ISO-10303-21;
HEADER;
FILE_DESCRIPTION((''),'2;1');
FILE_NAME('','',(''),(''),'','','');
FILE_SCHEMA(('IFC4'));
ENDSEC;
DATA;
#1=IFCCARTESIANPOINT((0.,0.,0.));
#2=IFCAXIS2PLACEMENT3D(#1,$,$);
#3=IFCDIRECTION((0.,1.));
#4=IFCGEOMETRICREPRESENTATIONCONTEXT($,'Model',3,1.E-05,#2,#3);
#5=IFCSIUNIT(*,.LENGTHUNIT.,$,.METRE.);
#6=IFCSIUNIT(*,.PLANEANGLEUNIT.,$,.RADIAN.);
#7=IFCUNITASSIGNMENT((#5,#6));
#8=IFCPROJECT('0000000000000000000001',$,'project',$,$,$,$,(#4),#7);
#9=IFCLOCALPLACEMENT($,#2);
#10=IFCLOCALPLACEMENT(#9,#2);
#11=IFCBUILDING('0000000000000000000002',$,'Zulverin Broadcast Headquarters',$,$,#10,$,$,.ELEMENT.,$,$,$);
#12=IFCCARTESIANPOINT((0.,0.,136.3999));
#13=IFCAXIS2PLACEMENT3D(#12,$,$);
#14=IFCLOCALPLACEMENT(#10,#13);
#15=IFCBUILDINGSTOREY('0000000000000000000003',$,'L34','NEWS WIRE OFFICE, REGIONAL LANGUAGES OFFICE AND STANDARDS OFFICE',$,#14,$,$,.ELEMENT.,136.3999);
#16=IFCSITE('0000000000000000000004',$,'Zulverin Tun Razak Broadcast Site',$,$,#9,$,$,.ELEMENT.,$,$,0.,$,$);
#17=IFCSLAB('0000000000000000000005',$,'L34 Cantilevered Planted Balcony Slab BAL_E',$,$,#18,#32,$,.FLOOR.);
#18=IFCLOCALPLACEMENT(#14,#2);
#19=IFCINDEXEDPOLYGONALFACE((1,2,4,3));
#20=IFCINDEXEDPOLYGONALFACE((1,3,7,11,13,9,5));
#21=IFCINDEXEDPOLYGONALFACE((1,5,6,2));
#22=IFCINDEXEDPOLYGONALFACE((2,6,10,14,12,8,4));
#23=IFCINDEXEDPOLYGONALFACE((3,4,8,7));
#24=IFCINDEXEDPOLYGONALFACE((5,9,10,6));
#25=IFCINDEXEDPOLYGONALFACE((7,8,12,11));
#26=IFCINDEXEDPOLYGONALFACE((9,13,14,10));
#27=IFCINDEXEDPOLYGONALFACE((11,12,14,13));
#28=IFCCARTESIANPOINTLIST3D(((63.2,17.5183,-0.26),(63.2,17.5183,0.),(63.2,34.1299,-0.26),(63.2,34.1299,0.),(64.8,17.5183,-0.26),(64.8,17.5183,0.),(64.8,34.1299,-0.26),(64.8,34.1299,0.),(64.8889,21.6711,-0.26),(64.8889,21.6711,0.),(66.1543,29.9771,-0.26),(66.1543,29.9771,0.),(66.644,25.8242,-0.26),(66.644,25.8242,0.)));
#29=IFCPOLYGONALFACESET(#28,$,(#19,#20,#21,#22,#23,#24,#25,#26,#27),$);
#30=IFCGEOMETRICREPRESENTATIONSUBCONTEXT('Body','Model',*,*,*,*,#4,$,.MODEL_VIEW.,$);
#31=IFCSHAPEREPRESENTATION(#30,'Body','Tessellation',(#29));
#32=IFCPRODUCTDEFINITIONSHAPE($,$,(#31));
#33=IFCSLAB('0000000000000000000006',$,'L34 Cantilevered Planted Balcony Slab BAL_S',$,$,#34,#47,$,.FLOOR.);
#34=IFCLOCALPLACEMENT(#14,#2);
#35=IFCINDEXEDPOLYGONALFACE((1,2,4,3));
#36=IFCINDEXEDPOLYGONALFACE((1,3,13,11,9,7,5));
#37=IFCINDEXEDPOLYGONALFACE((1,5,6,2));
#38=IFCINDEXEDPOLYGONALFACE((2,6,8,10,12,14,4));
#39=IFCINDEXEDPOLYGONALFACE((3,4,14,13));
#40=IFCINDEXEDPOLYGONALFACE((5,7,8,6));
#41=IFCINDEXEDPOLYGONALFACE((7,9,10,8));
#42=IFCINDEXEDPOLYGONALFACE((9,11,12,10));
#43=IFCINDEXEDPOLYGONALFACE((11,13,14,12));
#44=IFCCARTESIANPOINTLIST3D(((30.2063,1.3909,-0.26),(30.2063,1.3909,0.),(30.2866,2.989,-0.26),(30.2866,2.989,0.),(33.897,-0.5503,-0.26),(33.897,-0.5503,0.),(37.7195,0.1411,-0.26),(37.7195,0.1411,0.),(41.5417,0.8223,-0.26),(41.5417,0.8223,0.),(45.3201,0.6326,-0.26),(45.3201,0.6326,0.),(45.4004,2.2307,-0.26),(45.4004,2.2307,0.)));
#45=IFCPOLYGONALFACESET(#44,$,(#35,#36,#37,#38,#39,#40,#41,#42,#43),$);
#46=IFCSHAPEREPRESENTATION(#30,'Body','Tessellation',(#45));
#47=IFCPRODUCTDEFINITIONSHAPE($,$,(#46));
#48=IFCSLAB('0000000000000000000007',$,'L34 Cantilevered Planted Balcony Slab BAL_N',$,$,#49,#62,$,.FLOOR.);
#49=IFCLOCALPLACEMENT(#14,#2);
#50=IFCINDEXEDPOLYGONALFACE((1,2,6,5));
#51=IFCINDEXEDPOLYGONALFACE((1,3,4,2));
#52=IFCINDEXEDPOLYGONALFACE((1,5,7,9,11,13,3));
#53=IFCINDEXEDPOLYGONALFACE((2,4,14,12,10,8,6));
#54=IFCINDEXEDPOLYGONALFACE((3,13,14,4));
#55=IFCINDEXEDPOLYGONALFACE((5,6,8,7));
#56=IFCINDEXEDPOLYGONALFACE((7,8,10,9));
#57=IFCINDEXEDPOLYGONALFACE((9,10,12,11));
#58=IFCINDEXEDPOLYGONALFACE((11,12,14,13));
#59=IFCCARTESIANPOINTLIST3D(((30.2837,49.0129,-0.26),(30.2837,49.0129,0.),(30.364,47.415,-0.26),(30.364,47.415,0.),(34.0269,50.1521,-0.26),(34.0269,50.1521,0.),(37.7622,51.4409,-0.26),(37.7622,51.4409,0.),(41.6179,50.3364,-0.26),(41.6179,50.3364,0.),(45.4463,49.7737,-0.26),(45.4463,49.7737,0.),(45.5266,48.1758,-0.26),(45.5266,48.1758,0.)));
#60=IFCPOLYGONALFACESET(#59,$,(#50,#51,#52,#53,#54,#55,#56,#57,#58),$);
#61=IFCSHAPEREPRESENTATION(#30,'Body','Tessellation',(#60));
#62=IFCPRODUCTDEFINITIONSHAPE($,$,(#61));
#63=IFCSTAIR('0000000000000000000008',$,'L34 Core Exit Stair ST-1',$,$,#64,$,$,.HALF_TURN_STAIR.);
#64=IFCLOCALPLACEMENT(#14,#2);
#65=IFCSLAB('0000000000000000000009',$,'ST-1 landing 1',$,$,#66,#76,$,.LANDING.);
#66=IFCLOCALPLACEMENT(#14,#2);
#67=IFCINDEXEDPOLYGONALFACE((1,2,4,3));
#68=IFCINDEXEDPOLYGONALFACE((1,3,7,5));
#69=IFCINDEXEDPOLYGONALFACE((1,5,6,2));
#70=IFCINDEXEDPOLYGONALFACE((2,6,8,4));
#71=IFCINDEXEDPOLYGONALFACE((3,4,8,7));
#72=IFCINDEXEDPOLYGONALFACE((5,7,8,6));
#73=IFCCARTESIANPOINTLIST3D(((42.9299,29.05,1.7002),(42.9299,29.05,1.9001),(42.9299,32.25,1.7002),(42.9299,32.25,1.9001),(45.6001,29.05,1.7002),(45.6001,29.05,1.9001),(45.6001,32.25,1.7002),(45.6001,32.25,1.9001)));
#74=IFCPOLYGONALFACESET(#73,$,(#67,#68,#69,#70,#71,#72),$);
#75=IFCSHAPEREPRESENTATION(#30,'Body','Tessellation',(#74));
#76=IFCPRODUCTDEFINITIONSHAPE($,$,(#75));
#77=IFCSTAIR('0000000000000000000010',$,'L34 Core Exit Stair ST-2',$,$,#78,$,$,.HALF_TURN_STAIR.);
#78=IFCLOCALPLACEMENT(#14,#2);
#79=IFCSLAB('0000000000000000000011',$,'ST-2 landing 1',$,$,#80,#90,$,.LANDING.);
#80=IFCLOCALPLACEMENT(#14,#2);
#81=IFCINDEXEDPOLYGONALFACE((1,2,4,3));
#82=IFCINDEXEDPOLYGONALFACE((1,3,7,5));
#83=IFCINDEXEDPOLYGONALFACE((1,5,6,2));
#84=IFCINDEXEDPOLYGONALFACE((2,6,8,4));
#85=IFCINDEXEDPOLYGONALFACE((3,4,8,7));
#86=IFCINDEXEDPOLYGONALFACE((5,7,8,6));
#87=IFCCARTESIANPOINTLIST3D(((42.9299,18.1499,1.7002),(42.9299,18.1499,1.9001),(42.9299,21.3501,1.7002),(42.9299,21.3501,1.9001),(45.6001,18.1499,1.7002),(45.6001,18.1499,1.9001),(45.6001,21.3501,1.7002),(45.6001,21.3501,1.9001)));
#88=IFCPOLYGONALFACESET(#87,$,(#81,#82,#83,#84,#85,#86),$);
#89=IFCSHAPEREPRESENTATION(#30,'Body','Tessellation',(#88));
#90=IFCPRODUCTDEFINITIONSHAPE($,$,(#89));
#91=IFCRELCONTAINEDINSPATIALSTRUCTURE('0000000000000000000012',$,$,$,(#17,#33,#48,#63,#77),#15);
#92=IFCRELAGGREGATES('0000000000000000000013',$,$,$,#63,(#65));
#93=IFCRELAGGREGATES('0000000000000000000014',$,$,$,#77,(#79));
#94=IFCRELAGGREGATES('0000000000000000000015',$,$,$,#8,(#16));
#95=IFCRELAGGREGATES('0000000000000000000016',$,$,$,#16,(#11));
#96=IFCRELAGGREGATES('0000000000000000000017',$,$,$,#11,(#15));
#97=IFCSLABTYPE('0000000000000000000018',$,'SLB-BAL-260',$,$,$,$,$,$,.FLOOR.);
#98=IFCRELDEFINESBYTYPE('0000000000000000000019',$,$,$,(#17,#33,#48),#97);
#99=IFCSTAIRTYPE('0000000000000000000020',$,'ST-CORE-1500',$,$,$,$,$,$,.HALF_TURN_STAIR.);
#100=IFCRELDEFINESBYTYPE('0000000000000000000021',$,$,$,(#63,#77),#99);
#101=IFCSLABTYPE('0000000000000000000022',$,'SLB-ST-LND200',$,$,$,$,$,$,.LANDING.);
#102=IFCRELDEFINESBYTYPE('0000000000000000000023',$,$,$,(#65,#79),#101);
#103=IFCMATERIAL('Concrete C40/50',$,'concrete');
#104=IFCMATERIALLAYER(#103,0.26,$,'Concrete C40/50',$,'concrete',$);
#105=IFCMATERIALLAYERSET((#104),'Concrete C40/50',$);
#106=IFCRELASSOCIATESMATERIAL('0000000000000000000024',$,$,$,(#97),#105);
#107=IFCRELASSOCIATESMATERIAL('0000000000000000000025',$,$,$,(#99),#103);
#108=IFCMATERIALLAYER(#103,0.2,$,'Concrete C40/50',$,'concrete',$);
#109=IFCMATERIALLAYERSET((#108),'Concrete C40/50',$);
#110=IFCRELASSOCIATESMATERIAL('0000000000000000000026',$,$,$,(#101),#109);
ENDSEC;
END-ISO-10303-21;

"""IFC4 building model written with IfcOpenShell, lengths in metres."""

from ifc_helpers import new_model, si_unit, direction, frame, origin, place, context, subcontext, project, spatial, polyline, outline, extrude, material, layer, layer_set, type_object, element, aggregate, save


model = new_model("IFC4")

# Units and contexts
model_context = context("Model", 3, precision=1e-05, world=origin(), true_north=direction((0.0, 1.0)))
body_context = subcontext(model_context, "Body", "Model", "MODEL_VIEW")
ifc_project = project(units=[si_unit("LENGTHUNIT", "METRE"), si_unit("PLANEANGLEUNIT", "RADIAN")], contexts=[model_context])

# Site, building, storey
site_placement = place(None, origin())
site = spatial("IfcSite", under=ifc_project, at=site_placement, Name="Zulverin Tun Razak Broadcast Site", CompositionType="ELEMENT", RefElevation=0.0)
building_placement = place(site_placement, origin())
building = spatial("IfcBuilding", under=site, at=building_placement, Name="Zulverin Broadcast Headquarters", CompositionType="ELEMENT")
storey_placement = place(building_placement, frame((0.0, 0.0, 136.3999)))
storey = spatial("IfcBuildingStorey", under=building, at=storey_placement, Name="L34", Description="NEWS WIRE OFFICE, REGIONAL LANGUAGES OFFICE AND STANDARDS OFFICE", CompositionType="ELEMENT", Elevation=136.3999)

# Slabs
ifc_material_1 = material(Name="Concrete C40/50", Category="concrete")
ifc_layer_1 = layer(ifc_material_1, 0.26, Name="Concrete C40/50", Category="concrete")
ifc_layer_set_1 = layer_set([ifc_layer_1], Name="Concrete C40/50")
slab_type_1 = type_object("IfcSlabType", Name="SLB-BAL-260", PredefinedType="FLOOR", material=ifc_layer_set_1)
slab_1_placement = place(storey_placement, frame((0.0, 0.0, -0.26)))
element("IfcSlab", 1, at=slab_1_placement, inside=storey, type_object=slab_type_1, Name="L34 Cantilevered Planted Balcony Slab BAL_E", PredefinedType="FLOOR", context=body_context, shape_type="SweptSolid", body=[
    extrude(outline(polyline([(63.2, 34.1299), (63.2, 17.5183), (64.8, 17.5183), (64.8889, 21.6711), (66.644, 25.8242), (66.1543, 29.9771), (64.8, 34.1299), (63.2, 34.1299)])), origin(), (0.0, 0.0, 1.0), 0.26),
])
slab_2_placement = place(storey_placement, frame((0.0, 0.0, -0.26)))
element("IfcSlab", 2, at=slab_2_placement, inside=storey, type_object=slab_type_1, Name="L34 Cantilevered Planted Balcony Slab BAL_S", PredefinedType="FLOOR", context=body_context, shape_type="SweptSolid", body=[
    extrude(outline(polyline([(45.4004, 2.2307), (30.2866, 2.989), (30.2063, 1.3909), (33.897, -0.5503), (37.7195, 0.1411), (41.5417, 0.8223), (45.3201, 0.6326), (45.4004, 2.2307)])), origin(), (0.0, 0.0, 1.0), 0.26),
])
slab_3_placement = place(storey_placement, frame((0.0, 0.0, -0.26)))
element("IfcSlab", 3, at=slab_3_placement, inside=storey, type_object=slab_type_1, Name="L34 Cantilevered Planted Balcony Slab BAL_N", PredefinedType="FLOOR", context=body_context, shape_type="SweptSolid", body=[
    extrude(outline(polyline([(30.364, 47.415), (45.5266, 48.1758), (45.4463, 49.7737), (41.6179, 50.3364), (37.7622, 51.4409), (34.0269, 50.1521), (30.2837, 49.0129), (30.364, 47.415)])), origin(), (0.0, 0.0, 1.0), 0.26),
])

# Stairs, slabs
stair_type = type_object("IfcStairType", Name="ST-CORE-1500", PredefinedType="HALF_TURN_STAIR", material=ifc_material_1)
stair_1_placement = place(storey_placement, origin())
stair_1 = element("IfcStair", 4, at=stair_1_placement, inside=storey, type_object=stair_type, Name="L34 Core Exit Stair ST-1", PredefinedType="HALF_TURN_STAIR")
ifc_layer_2 = layer(ifc_material_1, 0.2, Name="Concrete C40/50", Category="concrete")
ifc_layer_set_2 = layer_set([ifc_layer_2], Name="Concrete C40/50")
slab_type_2 = type_object("IfcSlabType", Name="SLB-ST-LND200", PredefinedType="LANDING", material=ifc_layer_set_2)
slab_4_placement = place(storey_placement, frame((0.0, 0.0, 1.7002)))
slab_4 = element("IfcSlab", 5, at=slab_4_placement, type_object=slab_type_2, Name="ST-1 landing 1", PredefinedType="LANDING", context=body_context, shape_type="SweptSolid", body=[
    extrude(outline(polyline([(42.9299, 29.05), (45.6001, 29.05), (45.6001, 32.25), (42.9299, 32.25), (42.9299, 29.05)])), origin(), (0.0, 0.0, 1.0), 0.2),
])
aggregate(stair_1, [slab_4])
stair_2_placement = place(storey_placement, origin())
stair_2 = element("IfcStair", 6, at=stair_2_placement, inside=storey, type_object=stair_type, Name="L34 Core Exit Stair ST-2", PredefinedType="HALF_TURN_STAIR")
slab_5_placement = place(storey_placement, frame((0.0, 0.0, 1.7002)))
slab_5 = element("IfcSlab", 7, at=slab_5_placement, type_object=slab_type_2, Name="ST-2 landing 1", PredefinedType="LANDING", context=body_context, shape_type="SweptSolid", body=[
    extrude(outline(polyline([(42.9299, 18.1499), (45.6001, 18.1499), (45.6001, 21.3501), (42.9299, 21.3501), (42.9299, 18.1499)])), origin(), (0.0, 0.0, 1.0), 0.2),
])
aggregate(stair_2, [slab_5])

save(model, "model.ifc")
